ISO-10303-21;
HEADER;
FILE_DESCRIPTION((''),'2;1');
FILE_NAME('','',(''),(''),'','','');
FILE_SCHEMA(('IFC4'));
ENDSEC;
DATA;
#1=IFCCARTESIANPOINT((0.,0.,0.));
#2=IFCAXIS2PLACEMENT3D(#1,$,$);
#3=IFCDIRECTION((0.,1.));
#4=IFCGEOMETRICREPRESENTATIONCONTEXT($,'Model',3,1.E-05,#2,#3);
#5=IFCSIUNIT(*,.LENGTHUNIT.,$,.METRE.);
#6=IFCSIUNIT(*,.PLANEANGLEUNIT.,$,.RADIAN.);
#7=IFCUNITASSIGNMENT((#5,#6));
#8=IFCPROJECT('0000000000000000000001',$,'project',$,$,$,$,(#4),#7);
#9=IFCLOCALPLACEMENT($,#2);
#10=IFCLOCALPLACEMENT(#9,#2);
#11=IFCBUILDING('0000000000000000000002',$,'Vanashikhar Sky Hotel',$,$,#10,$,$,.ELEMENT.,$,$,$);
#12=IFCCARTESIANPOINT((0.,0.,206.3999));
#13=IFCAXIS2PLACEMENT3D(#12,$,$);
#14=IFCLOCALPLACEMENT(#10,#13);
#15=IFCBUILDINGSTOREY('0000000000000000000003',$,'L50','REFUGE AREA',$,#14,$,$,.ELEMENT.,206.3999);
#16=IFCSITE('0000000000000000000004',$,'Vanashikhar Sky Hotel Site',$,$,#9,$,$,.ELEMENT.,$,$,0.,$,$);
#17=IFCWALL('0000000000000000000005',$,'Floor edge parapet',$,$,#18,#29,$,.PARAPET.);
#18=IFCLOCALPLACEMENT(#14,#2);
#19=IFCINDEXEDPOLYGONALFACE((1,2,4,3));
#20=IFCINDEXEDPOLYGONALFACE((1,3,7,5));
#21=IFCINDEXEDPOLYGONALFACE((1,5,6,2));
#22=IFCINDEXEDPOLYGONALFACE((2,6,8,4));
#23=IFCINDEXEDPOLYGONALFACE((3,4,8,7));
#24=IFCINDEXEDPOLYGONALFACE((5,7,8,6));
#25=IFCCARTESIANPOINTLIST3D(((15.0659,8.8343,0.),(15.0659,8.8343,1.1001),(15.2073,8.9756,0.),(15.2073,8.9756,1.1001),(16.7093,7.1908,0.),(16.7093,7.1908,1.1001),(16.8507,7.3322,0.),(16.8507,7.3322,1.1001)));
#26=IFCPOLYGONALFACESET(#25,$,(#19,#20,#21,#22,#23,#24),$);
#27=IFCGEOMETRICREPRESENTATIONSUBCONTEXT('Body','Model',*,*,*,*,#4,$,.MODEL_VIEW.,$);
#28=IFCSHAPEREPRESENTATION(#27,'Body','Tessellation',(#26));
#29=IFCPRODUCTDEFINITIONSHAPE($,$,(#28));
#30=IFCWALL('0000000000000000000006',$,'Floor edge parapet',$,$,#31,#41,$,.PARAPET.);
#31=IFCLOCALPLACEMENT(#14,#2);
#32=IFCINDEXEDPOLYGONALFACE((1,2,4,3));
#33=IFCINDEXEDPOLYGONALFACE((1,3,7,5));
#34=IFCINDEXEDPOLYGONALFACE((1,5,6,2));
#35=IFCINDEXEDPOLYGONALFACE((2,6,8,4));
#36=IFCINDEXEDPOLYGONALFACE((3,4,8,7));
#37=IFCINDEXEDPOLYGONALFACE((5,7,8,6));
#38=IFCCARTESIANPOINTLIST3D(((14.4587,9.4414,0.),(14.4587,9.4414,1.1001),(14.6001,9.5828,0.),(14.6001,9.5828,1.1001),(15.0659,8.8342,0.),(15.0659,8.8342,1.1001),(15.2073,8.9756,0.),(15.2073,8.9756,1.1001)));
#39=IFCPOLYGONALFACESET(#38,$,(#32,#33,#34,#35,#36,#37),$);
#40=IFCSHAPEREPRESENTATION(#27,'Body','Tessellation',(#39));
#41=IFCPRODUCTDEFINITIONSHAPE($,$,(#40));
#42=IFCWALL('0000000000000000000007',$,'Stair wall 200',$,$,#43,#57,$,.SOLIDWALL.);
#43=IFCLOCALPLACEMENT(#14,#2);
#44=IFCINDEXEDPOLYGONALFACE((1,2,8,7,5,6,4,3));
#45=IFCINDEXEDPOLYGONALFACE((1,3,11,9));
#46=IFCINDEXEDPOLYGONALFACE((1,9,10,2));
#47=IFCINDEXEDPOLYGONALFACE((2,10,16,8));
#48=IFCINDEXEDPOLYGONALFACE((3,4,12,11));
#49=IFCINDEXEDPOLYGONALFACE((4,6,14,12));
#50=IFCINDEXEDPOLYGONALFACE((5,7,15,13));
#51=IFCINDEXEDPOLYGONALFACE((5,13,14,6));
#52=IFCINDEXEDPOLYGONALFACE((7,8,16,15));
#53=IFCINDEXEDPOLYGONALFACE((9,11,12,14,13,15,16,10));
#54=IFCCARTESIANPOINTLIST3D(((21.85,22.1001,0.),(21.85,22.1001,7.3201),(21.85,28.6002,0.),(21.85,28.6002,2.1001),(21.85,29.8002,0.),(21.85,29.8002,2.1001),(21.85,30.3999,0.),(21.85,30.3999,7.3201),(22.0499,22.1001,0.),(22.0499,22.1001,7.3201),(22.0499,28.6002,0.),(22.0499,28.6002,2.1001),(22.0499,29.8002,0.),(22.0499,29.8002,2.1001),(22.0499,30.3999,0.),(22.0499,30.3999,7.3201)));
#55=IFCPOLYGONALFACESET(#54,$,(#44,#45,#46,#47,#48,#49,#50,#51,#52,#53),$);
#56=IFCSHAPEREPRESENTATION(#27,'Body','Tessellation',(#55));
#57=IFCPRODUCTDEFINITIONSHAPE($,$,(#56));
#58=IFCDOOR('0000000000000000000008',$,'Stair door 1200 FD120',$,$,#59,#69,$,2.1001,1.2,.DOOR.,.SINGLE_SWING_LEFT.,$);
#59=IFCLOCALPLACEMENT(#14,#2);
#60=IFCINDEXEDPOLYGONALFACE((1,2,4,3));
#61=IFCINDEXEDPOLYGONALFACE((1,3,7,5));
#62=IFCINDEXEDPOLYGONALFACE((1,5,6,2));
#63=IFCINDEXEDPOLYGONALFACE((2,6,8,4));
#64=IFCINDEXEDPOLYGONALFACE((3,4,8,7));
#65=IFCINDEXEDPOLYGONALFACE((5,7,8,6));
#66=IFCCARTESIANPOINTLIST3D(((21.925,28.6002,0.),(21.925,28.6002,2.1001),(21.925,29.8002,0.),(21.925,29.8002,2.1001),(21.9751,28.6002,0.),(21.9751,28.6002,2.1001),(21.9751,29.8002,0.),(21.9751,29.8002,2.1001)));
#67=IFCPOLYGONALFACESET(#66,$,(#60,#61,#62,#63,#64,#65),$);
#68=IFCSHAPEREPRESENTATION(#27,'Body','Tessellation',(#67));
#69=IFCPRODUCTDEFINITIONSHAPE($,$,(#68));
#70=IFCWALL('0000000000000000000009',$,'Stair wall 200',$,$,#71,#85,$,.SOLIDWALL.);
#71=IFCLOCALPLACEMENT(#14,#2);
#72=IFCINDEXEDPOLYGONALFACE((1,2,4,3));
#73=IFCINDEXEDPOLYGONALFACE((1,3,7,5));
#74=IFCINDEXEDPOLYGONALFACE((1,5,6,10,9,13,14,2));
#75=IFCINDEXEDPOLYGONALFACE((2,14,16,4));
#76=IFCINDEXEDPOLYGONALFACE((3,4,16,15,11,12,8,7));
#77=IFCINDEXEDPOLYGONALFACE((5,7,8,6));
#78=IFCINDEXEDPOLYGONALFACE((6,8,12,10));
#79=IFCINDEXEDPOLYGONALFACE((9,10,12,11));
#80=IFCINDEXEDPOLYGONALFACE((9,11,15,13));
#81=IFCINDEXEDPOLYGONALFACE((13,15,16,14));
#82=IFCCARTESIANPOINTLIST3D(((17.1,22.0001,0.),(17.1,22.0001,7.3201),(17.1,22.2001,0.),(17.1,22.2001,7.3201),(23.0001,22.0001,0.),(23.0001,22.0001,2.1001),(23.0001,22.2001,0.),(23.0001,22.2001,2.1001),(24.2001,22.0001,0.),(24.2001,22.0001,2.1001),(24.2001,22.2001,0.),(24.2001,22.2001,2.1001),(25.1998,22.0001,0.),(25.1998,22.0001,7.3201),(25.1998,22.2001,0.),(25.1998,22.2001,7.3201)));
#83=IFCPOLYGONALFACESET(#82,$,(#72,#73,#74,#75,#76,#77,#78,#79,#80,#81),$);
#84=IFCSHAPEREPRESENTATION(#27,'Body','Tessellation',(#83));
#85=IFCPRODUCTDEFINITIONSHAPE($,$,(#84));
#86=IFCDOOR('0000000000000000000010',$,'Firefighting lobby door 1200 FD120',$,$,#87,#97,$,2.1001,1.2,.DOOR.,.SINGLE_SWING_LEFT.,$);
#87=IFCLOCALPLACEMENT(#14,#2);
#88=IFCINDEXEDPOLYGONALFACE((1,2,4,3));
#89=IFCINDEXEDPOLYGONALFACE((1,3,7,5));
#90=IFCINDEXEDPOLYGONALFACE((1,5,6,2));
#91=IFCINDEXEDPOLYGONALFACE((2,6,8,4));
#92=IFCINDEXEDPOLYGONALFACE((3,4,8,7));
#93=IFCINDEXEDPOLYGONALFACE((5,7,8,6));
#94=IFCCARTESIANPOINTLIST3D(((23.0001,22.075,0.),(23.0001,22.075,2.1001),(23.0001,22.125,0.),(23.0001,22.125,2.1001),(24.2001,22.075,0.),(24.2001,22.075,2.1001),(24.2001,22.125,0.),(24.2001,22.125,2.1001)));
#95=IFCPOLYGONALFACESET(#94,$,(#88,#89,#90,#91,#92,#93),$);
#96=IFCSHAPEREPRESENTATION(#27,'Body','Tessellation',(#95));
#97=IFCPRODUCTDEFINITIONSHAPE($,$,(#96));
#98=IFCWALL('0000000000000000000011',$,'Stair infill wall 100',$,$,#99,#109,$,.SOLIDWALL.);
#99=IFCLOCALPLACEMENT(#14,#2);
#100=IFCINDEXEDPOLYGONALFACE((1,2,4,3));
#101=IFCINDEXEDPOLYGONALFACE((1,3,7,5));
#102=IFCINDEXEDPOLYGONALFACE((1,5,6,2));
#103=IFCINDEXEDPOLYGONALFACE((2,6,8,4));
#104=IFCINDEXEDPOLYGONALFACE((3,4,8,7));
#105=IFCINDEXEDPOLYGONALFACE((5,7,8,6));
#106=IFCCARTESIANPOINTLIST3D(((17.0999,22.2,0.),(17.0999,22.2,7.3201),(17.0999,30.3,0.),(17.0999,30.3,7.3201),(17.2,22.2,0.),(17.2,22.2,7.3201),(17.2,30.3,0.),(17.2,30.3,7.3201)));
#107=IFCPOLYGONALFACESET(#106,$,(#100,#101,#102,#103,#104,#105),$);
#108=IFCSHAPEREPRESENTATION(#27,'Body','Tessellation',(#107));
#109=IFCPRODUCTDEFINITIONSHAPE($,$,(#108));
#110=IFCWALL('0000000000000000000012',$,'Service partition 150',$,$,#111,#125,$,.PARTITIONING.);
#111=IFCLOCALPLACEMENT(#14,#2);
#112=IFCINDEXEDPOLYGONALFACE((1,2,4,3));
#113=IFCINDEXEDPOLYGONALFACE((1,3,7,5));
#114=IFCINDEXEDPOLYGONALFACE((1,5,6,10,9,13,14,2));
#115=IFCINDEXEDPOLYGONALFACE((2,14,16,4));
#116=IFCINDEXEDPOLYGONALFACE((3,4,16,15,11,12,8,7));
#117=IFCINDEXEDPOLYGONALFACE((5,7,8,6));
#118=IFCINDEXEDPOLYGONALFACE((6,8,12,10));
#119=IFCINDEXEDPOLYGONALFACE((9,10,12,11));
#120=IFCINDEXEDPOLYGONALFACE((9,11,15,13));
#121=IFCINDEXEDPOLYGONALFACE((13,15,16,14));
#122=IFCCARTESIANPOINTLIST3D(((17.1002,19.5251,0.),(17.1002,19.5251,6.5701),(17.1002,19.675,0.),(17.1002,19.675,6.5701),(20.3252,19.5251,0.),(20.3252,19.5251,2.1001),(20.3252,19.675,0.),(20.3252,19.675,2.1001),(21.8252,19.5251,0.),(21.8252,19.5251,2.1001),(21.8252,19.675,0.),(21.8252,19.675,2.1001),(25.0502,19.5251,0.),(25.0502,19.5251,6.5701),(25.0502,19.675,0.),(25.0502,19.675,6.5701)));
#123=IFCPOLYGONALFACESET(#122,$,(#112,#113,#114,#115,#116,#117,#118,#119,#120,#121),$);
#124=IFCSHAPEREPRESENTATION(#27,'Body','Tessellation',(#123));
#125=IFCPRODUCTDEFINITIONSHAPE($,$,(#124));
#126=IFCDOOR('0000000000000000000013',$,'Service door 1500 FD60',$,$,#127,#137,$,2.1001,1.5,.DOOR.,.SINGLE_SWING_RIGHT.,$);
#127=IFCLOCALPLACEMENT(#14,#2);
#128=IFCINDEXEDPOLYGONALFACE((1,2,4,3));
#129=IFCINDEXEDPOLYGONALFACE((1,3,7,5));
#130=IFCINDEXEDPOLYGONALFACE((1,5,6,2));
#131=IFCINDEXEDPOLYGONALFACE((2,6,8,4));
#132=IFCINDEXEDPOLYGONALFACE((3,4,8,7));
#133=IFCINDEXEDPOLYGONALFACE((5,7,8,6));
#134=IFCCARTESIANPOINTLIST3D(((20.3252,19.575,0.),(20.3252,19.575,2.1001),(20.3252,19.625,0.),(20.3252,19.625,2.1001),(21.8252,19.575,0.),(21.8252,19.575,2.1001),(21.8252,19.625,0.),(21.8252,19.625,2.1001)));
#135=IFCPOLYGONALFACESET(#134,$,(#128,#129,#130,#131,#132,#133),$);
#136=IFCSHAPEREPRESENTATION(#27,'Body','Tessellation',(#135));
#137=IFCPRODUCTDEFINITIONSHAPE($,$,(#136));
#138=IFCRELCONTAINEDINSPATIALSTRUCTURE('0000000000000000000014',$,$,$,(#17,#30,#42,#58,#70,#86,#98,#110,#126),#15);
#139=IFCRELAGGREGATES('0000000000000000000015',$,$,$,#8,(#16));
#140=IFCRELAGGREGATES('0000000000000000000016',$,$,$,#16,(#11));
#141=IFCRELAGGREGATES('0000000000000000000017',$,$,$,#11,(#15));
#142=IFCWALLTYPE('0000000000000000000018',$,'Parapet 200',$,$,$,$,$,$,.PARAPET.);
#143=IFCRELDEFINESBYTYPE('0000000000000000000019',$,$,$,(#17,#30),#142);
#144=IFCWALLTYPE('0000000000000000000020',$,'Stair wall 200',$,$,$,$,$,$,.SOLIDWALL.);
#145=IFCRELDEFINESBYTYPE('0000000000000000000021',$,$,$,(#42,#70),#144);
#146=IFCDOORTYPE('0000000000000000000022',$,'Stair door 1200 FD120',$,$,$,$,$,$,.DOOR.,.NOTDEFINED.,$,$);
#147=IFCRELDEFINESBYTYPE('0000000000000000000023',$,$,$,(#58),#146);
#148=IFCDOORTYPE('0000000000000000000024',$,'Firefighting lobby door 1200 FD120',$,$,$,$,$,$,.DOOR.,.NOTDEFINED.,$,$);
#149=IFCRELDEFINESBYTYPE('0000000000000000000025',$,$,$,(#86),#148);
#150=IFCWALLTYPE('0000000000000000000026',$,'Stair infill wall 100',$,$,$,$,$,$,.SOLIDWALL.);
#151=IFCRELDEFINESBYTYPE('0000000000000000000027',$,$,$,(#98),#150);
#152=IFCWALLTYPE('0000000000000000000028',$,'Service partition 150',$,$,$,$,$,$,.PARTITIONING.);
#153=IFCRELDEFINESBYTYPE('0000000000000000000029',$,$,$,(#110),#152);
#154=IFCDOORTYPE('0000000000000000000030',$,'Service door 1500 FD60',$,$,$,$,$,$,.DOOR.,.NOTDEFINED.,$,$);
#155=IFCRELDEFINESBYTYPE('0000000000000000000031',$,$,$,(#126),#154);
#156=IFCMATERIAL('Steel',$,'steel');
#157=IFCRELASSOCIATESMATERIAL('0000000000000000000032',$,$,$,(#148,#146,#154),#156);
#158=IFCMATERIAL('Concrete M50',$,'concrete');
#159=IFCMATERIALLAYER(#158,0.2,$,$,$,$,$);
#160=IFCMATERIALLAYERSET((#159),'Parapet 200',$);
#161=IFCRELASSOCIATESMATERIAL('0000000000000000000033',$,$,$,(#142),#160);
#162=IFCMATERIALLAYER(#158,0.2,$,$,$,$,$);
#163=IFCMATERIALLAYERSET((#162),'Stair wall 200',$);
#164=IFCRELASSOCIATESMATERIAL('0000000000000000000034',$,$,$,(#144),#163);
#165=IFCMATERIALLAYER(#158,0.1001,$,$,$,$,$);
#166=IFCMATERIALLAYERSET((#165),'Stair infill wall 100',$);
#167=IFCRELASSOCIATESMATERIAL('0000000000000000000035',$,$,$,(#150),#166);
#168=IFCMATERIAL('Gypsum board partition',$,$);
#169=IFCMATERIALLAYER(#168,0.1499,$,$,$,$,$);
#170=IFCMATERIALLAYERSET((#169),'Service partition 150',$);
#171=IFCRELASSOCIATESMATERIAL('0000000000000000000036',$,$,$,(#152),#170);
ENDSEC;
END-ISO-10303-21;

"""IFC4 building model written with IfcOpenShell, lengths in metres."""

from ifc_helpers import new_model, si_unit, direction, frame, frame_2d, origin, place, context, subcontext, project, spatial, rectangle, extrude, source, transform, mapped, material, layer, layer_set, type_object, element, fill, save


model = new_model("IFC4")

# Units and contexts
model_context = context("Model", 3, precision=1e-05, world=origin(), true_north=direction((0.0, 1.0)))
body_context = subcontext(model_context, "Body", "Model", "MODEL_VIEW")
ifc_project = project(units=[si_unit("LENGTHUNIT", "METRE"), si_unit("PLANEANGLEUNIT", "RADIAN")], contexts=[model_context])

# Site, building, storey
site_placement = place(None, origin())
site = spatial("IfcSite", under=ifc_project, at=site_placement, Name="Vanashikhar Sky Hotel Site", CompositionType="ELEMENT", RefElevation=0.0)
building_placement = place(site_placement, origin())
building = spatial("IfcBuilding", under=site, at=building_placement, Name="Vanashikhar Sky Hotel", CompositionType="ELEMENT")
storey_placement = place(building_placement, frame((0.0, 0.0, 206.3999)))
storey = spatial("IfcBuildingStorey", under=building, at=storey_placement, Name="L50", Description="REFUGE AREA", CompositionType="ELEMENT", Elevation=206.3999)

# Shared definitions
ifc_material_1 = material(Name="Concrete M50", Category="concrete")

# Shared definitions
ifc_material_2 = material(Name="Steel", Category="steel")
door_type_1 = type_object("IfcDoorType", Name="Firefighting lobby door 1200 FD120", OperationType="NOTDEFINED", PredefinedType="DOOR", material=ifc_material_2)

# Walls
ifc_layer_1 = layer(ifc_material_1, 0.2)
ifc_layer_set_1 = layer_set([ifc_layer_1], Name="Parapet 200")
wall_type_1 = type_object("IfcWallType", Name="Parapet 200", PredefinedType="PARAPET", material=ifc_layer_set_1)
shared_shape_1 = source(origin(), body_context, "Body", "SweptSolid", [
    extrude(rectangle(XDim=2.3242, YDim=0.2, at=frame_2d((1.1621, 0.0))), origin(), (0.0, 0.0, 1.0), 1.1001),
])
wall_1_placement = place(storey_placement, frame((16.78, 7.2615, 0.0), z_axis=(0.0, 0.0, 1.0), x_axis=(-0.707107, 0.707107, 0.0)))
element("IfcWall", 1, at=wall_1_placement, inside=storey, type_object=wall_type_1, Name="Floor edge parapet", PredefinedType="PARAPET", context=body_context, shape_type="MappedRepresentation", body=[
    mapped(shared_shape_1, transform((0.0, 0.0, 0.0), scale=1.0)),
])
shared_shape_2 = source(origin(), body_context, "Body", "SweptSolid", [
    extrude(rectangle(XDim=0.8586, YDim=0.2, at=frame_2d((0.4292, 0.0))), origin(), (0.0, 0.0, 1.0), 1.1001),
])
wall_2_placement = place(storey_placement, frame((15.1365, 8.905, 0.0), z_axis=(0.0, 0.0, 1.0), x_axis=(-0.707107, 0.707107, 0.0)))
element("IfcWall", 2, at=wall_2_placement, inside=storey, type_object=wall_type_1, Name="Floor edge parapet", PredefinedType="PARAPET", context=body_context, shape_type="MappedRepresentation", body=[
    mapped(shared_shape_2, transform((0.0, 0.0, 0.0), scale=1.0)),
])

# Walls, openings, doors
ifc_layer_2 = layer(ifc_material_1, 0.2)
ifc_layer_set_2 = layer_set([ifc_layer_2], Name="Stair wall 200")
wall_type_2 = type_object("IfcWallType", Name="Stair wall 200", PredefinedType="SOLIDWALL", material=ifc_layer_set_2)
shared_shape_3 = source(origin(), body_context, "Body", "SweptSolid", [
    extrude(rectangle(XDim=8.2998, YDim=0.2, at=frame_2d((4.1499, 0.0))), origin(), (0.0, 0.0, 1.0), 7.3201),
])
wall_3_placement = place(storey_placement, frame((21.95, 22.1001, 0.0), z_axis=(0.0, 0.0, 1.0), x_axis=(0.0, 1.0, 0.0)))
wall_3 = element("IfcWall", 3, at=wall_3_placement, inside=storey, type_object=wall_type_2, Name="Stair wall 200", PredefinedType="SOLIDWALL", context=body_context, shape_type="MappedRepresentation", body=[
    mapped(shared_shape_3, transform((0.0, 0.0, 0.0), scale=1.0)),
])
shared_shape_4 = source(origin(), body_context, "Body", "SweptSolid", [
    extrude(rectangle(XDim=1.2, YDim=2.1001, at=frame_2d((0.6001, 1.05))), frame((0.0, 0.1099, 0.0), z_axis=(0.0, -1.0, 0.0), x_axis=(1.0, 0.0, 0.0)), (0.0, 0.0, 1.0), 0.22),
])
opening_1_placement = place(wall_3_placement, frame((6.5, 0.0, 0.0)))
opening_1 = element("IfcOpeningElement", 4, at=opening_1_placement, cuts=wall_3, PredefinedType="OPENING", context=body_context, shape_type="MappedRepresentation", body=[
    mapped(shared_shape_4, transform((0.0, 0.0, 0.0), scale=1.0)),
])
door_type_2 = type_object("IfcDoorType", Name="Stair door 1200 FD120", OperationType="NOTDEFINED", PredefinedType="DOOR", material=ifc_material_2)
shared_shape_5 = source(origin(), body_context, "Body", "SweptSolid", [
    extrude(rectangle(XDim=1.2, YDim=2.1001, at=frame_2d((0.6001, 1.05))), frame((0.0, 0.0249, 0.0), z_axis=(0.0, -1.0, 0.0), x_axis=(1.0, 0.0, 0.0)), (0.0, 0.0, 1.0), 0.05),
])
door_1_placement = place(opening_1_placement, origin())
door_1 = element("IfcDoor", 5, at=door_1_placement, inside=storey, type_object=door_type_2, Name="Stair door 1200 FD120", OperationType="SINGLE_SWING_LEFT", OverallHeight=2.1001, OverallWidth=1.2, PredefinedType="DOOR", context=body_context, shape_type="MappedRepresentation", body=[
    mapped(shared_shape_5, transform((0.0, 0.0, 0.0), scale=1.0)),
])
fill(opening_1, door_1)
shared_shape_6 = source(origin(), body_context, "Body", "SweptSolid", [
    extrude(rectangle(XDim=8.0999, YDim=0.2, at=frame_2d((4.0498, 0.0))), origin(), (0.0, 0.0, 1.0), 7.3201),
])
wall_4_placement = place(storey_placement, frame((17.1001, 22.1001, 0.0), z_axis=(0.0, 0.0, 1.0), x_axis=(1.0, 0.0, 0.0)))
wall_4 = element("IfcWall", 6, at=wall_4_placement, inside=storey, type_object=wall_type_2, Name="Stair wall 200", PredefinedType="SOLIDWALL", context=body_context, shape_type="MappedRepresentation", body=[
    mapped(shared_shape_6, transform((0.0, 0.0, 0.0), scale=1.0)),
])
opening_2_placement = place(wall_4_placement, frame((5.8999, 0.0, 0.0)))
opening_2 = element("IfcOpeningElement", 7, at=opening_2_placement, cuts=wall_4, PredefinedType="OPENING", context=body_context, shape_type="MappedRepresentation", body=[
    mapped(shared_shape_4, transform((0.0, 0.0, 0.0), scale=1.0)),
])
door_2_placement = place(opening_2_placement, origin())
door_2 = element("IfcDoor", 8, at=door_2_placement, inside=storey, type_object=door_type_1, Name="Firefighting lobby door 1200 FD120", OperationType="SINGLE_SWING_LEFT", OverallHeight=2.1001, OverallWidth=1.2, PredefinedType="DOOR", context=body_context, shape_type="MappedRepresentation", body=[
    mapped(shared_shape_5, transform((0.0, 0.0, 0.0), scale=1.0)),
])
fill(opening_2, door_2)

# Wall
ifc_layer_3 = layer(ifc_material_1, 0.1001)
ifc_layer_set_3 = layer_set([ifc_layer_3], Name="Stair infill wall 100")
wall_type_3 = type_object("IfcWallType", Name="Stair infill wall 100", PredefinedType="SOLIDWALL", material=ifc_layer_set_3)
shared_shape_7 = source(origin(), body_context, "Body", "SweptSolid", [
    extrude(rectangle(XDim=8.1001, YDim=0.1001, at=frame_2d((4.05, 0.0))), origin(), (0.0, 0.0, 1.0), 7.3201),
])
wall_5_placement = place(storey_placement, frame((17.1499, 22.2, 0.0), z_axis=(0.0, 0.0, 1.0), x_axis=(0.0, 1.0, 0.0)))
element("IfcWall", 9, at=wall_5_placement, inside=storey, type_object=wall_type_3, Name="Stair infill wall 100", PredefinedType="SOLIDWALL", context=body_context, shape_type="MappedRepresentation", body=[
    mapped(shared_shape_7, transform((0.0, 0.0, 0.0), scale=1.0)),
])

# Wall, opening, door
ifc_material_3 = material(Name="Gypsum board partition")
ifc_layer_4 = layer(ifc_material_3, 0.1499)
ifc_layer_set_4 = layer_set([ifc_layer_4], Name="Service partition 150")
wall_type_4 = type_object("IfcWallType", Name="Service partition 150", PredefinedType="PARTITIONING", material=ifc_layer_set_4)
shared_shape_8 = source(origin(), body_context, "Body", "SweptSolid", [
    extrude(rectangle(XDim=7.95, YDim=0.1499, at=frame_2d((3.9751, 0.0))), origin(), (0.0, 0.0, 1.0), 6.5701),
])
wall_6_placement = place(storey_placement, frame((17.1001, 19.6001, 0.0), z_axis=(0.0, 0.0, 1.0), x_axis=(1.0, 0.0, 0.0)))
wall_6 = element("IfcWall", 10, at=wall_6_placement, inside=storey, type_object=wall_type_4, Name="Service partition 150", PredefinedType="PARTITIONING", context=body_context, shape_type="MappedRepresentation", body=[
    mapped(shared_shape_8, transform((0.0, 0.0, 0.0), scale=1.0)),
])
shared_shape_9 = source(origin(), body_context, "Body", "SweptSolid", [
    extrude(rectangle(XDim=1.5, YDim=2.1001, at=frame_2d((0.75, 1.05))), frame((0.0, 0.085, 0.0), z_axis=(0.0, -1.0, 0.0), x_axis=(1.0, 0.0, 0.0)), (0.0, 0.0, 1.0), 0.1699),
])
opening_3_placement = place(wall_6_placement, frame((3.2251, 0.0, 0.0)))
opening_3 = element("IfcOpeningElement", 11, at=opening_3_placement, cuts=wall_6, PredefinedType="OPENING", context=body_context, shape_type="MappedRepresentation", body=[
    mapped(shared_shape_9, transform((0.0, 0.0, 0.0), scale=1.0)),
])
door_type_3 = type_object("IfcDoorType", Name="Service door 1500 FD60", OperationType="NOTDEFINED", PredefinedType="DOOR", material=ifc_material_2)
shared_shape_10 = source(origin(), body_context, "Body", "SweptSolid", [
    extrude(rectangle(XDim=1.5, YDim=2.1001, at=frame_2d((0.75, 1.05))), frame((0.0, 0.0249, 0.0), z_axis=(0.0, -1.0, 0.0), x_axis=(1.0, 0.0, 0.0)), (0.0, 0.0, 1.0), 0.05),
])
door_3_placement = place(opening_3_placement, origin())
door_3 = element("IfcDoor", 12, at=door_3_placement, inside=storey, type_object=door_type_3, Name="Service door 1500 FD60", OperationType="SINGLE_SWING_RIGHT", OverallHeight=2.1001, OverallWidth=1.5, PredefinedType="DOOR", context=body_context, shape_type="MappedRepresentation", body=[
    mapped(shared_shape_10, transform((0.0, 0.0, 0.0), scale=1.0)),
])
fill(opening_3, door_3)

save(model, "model.ifc")
